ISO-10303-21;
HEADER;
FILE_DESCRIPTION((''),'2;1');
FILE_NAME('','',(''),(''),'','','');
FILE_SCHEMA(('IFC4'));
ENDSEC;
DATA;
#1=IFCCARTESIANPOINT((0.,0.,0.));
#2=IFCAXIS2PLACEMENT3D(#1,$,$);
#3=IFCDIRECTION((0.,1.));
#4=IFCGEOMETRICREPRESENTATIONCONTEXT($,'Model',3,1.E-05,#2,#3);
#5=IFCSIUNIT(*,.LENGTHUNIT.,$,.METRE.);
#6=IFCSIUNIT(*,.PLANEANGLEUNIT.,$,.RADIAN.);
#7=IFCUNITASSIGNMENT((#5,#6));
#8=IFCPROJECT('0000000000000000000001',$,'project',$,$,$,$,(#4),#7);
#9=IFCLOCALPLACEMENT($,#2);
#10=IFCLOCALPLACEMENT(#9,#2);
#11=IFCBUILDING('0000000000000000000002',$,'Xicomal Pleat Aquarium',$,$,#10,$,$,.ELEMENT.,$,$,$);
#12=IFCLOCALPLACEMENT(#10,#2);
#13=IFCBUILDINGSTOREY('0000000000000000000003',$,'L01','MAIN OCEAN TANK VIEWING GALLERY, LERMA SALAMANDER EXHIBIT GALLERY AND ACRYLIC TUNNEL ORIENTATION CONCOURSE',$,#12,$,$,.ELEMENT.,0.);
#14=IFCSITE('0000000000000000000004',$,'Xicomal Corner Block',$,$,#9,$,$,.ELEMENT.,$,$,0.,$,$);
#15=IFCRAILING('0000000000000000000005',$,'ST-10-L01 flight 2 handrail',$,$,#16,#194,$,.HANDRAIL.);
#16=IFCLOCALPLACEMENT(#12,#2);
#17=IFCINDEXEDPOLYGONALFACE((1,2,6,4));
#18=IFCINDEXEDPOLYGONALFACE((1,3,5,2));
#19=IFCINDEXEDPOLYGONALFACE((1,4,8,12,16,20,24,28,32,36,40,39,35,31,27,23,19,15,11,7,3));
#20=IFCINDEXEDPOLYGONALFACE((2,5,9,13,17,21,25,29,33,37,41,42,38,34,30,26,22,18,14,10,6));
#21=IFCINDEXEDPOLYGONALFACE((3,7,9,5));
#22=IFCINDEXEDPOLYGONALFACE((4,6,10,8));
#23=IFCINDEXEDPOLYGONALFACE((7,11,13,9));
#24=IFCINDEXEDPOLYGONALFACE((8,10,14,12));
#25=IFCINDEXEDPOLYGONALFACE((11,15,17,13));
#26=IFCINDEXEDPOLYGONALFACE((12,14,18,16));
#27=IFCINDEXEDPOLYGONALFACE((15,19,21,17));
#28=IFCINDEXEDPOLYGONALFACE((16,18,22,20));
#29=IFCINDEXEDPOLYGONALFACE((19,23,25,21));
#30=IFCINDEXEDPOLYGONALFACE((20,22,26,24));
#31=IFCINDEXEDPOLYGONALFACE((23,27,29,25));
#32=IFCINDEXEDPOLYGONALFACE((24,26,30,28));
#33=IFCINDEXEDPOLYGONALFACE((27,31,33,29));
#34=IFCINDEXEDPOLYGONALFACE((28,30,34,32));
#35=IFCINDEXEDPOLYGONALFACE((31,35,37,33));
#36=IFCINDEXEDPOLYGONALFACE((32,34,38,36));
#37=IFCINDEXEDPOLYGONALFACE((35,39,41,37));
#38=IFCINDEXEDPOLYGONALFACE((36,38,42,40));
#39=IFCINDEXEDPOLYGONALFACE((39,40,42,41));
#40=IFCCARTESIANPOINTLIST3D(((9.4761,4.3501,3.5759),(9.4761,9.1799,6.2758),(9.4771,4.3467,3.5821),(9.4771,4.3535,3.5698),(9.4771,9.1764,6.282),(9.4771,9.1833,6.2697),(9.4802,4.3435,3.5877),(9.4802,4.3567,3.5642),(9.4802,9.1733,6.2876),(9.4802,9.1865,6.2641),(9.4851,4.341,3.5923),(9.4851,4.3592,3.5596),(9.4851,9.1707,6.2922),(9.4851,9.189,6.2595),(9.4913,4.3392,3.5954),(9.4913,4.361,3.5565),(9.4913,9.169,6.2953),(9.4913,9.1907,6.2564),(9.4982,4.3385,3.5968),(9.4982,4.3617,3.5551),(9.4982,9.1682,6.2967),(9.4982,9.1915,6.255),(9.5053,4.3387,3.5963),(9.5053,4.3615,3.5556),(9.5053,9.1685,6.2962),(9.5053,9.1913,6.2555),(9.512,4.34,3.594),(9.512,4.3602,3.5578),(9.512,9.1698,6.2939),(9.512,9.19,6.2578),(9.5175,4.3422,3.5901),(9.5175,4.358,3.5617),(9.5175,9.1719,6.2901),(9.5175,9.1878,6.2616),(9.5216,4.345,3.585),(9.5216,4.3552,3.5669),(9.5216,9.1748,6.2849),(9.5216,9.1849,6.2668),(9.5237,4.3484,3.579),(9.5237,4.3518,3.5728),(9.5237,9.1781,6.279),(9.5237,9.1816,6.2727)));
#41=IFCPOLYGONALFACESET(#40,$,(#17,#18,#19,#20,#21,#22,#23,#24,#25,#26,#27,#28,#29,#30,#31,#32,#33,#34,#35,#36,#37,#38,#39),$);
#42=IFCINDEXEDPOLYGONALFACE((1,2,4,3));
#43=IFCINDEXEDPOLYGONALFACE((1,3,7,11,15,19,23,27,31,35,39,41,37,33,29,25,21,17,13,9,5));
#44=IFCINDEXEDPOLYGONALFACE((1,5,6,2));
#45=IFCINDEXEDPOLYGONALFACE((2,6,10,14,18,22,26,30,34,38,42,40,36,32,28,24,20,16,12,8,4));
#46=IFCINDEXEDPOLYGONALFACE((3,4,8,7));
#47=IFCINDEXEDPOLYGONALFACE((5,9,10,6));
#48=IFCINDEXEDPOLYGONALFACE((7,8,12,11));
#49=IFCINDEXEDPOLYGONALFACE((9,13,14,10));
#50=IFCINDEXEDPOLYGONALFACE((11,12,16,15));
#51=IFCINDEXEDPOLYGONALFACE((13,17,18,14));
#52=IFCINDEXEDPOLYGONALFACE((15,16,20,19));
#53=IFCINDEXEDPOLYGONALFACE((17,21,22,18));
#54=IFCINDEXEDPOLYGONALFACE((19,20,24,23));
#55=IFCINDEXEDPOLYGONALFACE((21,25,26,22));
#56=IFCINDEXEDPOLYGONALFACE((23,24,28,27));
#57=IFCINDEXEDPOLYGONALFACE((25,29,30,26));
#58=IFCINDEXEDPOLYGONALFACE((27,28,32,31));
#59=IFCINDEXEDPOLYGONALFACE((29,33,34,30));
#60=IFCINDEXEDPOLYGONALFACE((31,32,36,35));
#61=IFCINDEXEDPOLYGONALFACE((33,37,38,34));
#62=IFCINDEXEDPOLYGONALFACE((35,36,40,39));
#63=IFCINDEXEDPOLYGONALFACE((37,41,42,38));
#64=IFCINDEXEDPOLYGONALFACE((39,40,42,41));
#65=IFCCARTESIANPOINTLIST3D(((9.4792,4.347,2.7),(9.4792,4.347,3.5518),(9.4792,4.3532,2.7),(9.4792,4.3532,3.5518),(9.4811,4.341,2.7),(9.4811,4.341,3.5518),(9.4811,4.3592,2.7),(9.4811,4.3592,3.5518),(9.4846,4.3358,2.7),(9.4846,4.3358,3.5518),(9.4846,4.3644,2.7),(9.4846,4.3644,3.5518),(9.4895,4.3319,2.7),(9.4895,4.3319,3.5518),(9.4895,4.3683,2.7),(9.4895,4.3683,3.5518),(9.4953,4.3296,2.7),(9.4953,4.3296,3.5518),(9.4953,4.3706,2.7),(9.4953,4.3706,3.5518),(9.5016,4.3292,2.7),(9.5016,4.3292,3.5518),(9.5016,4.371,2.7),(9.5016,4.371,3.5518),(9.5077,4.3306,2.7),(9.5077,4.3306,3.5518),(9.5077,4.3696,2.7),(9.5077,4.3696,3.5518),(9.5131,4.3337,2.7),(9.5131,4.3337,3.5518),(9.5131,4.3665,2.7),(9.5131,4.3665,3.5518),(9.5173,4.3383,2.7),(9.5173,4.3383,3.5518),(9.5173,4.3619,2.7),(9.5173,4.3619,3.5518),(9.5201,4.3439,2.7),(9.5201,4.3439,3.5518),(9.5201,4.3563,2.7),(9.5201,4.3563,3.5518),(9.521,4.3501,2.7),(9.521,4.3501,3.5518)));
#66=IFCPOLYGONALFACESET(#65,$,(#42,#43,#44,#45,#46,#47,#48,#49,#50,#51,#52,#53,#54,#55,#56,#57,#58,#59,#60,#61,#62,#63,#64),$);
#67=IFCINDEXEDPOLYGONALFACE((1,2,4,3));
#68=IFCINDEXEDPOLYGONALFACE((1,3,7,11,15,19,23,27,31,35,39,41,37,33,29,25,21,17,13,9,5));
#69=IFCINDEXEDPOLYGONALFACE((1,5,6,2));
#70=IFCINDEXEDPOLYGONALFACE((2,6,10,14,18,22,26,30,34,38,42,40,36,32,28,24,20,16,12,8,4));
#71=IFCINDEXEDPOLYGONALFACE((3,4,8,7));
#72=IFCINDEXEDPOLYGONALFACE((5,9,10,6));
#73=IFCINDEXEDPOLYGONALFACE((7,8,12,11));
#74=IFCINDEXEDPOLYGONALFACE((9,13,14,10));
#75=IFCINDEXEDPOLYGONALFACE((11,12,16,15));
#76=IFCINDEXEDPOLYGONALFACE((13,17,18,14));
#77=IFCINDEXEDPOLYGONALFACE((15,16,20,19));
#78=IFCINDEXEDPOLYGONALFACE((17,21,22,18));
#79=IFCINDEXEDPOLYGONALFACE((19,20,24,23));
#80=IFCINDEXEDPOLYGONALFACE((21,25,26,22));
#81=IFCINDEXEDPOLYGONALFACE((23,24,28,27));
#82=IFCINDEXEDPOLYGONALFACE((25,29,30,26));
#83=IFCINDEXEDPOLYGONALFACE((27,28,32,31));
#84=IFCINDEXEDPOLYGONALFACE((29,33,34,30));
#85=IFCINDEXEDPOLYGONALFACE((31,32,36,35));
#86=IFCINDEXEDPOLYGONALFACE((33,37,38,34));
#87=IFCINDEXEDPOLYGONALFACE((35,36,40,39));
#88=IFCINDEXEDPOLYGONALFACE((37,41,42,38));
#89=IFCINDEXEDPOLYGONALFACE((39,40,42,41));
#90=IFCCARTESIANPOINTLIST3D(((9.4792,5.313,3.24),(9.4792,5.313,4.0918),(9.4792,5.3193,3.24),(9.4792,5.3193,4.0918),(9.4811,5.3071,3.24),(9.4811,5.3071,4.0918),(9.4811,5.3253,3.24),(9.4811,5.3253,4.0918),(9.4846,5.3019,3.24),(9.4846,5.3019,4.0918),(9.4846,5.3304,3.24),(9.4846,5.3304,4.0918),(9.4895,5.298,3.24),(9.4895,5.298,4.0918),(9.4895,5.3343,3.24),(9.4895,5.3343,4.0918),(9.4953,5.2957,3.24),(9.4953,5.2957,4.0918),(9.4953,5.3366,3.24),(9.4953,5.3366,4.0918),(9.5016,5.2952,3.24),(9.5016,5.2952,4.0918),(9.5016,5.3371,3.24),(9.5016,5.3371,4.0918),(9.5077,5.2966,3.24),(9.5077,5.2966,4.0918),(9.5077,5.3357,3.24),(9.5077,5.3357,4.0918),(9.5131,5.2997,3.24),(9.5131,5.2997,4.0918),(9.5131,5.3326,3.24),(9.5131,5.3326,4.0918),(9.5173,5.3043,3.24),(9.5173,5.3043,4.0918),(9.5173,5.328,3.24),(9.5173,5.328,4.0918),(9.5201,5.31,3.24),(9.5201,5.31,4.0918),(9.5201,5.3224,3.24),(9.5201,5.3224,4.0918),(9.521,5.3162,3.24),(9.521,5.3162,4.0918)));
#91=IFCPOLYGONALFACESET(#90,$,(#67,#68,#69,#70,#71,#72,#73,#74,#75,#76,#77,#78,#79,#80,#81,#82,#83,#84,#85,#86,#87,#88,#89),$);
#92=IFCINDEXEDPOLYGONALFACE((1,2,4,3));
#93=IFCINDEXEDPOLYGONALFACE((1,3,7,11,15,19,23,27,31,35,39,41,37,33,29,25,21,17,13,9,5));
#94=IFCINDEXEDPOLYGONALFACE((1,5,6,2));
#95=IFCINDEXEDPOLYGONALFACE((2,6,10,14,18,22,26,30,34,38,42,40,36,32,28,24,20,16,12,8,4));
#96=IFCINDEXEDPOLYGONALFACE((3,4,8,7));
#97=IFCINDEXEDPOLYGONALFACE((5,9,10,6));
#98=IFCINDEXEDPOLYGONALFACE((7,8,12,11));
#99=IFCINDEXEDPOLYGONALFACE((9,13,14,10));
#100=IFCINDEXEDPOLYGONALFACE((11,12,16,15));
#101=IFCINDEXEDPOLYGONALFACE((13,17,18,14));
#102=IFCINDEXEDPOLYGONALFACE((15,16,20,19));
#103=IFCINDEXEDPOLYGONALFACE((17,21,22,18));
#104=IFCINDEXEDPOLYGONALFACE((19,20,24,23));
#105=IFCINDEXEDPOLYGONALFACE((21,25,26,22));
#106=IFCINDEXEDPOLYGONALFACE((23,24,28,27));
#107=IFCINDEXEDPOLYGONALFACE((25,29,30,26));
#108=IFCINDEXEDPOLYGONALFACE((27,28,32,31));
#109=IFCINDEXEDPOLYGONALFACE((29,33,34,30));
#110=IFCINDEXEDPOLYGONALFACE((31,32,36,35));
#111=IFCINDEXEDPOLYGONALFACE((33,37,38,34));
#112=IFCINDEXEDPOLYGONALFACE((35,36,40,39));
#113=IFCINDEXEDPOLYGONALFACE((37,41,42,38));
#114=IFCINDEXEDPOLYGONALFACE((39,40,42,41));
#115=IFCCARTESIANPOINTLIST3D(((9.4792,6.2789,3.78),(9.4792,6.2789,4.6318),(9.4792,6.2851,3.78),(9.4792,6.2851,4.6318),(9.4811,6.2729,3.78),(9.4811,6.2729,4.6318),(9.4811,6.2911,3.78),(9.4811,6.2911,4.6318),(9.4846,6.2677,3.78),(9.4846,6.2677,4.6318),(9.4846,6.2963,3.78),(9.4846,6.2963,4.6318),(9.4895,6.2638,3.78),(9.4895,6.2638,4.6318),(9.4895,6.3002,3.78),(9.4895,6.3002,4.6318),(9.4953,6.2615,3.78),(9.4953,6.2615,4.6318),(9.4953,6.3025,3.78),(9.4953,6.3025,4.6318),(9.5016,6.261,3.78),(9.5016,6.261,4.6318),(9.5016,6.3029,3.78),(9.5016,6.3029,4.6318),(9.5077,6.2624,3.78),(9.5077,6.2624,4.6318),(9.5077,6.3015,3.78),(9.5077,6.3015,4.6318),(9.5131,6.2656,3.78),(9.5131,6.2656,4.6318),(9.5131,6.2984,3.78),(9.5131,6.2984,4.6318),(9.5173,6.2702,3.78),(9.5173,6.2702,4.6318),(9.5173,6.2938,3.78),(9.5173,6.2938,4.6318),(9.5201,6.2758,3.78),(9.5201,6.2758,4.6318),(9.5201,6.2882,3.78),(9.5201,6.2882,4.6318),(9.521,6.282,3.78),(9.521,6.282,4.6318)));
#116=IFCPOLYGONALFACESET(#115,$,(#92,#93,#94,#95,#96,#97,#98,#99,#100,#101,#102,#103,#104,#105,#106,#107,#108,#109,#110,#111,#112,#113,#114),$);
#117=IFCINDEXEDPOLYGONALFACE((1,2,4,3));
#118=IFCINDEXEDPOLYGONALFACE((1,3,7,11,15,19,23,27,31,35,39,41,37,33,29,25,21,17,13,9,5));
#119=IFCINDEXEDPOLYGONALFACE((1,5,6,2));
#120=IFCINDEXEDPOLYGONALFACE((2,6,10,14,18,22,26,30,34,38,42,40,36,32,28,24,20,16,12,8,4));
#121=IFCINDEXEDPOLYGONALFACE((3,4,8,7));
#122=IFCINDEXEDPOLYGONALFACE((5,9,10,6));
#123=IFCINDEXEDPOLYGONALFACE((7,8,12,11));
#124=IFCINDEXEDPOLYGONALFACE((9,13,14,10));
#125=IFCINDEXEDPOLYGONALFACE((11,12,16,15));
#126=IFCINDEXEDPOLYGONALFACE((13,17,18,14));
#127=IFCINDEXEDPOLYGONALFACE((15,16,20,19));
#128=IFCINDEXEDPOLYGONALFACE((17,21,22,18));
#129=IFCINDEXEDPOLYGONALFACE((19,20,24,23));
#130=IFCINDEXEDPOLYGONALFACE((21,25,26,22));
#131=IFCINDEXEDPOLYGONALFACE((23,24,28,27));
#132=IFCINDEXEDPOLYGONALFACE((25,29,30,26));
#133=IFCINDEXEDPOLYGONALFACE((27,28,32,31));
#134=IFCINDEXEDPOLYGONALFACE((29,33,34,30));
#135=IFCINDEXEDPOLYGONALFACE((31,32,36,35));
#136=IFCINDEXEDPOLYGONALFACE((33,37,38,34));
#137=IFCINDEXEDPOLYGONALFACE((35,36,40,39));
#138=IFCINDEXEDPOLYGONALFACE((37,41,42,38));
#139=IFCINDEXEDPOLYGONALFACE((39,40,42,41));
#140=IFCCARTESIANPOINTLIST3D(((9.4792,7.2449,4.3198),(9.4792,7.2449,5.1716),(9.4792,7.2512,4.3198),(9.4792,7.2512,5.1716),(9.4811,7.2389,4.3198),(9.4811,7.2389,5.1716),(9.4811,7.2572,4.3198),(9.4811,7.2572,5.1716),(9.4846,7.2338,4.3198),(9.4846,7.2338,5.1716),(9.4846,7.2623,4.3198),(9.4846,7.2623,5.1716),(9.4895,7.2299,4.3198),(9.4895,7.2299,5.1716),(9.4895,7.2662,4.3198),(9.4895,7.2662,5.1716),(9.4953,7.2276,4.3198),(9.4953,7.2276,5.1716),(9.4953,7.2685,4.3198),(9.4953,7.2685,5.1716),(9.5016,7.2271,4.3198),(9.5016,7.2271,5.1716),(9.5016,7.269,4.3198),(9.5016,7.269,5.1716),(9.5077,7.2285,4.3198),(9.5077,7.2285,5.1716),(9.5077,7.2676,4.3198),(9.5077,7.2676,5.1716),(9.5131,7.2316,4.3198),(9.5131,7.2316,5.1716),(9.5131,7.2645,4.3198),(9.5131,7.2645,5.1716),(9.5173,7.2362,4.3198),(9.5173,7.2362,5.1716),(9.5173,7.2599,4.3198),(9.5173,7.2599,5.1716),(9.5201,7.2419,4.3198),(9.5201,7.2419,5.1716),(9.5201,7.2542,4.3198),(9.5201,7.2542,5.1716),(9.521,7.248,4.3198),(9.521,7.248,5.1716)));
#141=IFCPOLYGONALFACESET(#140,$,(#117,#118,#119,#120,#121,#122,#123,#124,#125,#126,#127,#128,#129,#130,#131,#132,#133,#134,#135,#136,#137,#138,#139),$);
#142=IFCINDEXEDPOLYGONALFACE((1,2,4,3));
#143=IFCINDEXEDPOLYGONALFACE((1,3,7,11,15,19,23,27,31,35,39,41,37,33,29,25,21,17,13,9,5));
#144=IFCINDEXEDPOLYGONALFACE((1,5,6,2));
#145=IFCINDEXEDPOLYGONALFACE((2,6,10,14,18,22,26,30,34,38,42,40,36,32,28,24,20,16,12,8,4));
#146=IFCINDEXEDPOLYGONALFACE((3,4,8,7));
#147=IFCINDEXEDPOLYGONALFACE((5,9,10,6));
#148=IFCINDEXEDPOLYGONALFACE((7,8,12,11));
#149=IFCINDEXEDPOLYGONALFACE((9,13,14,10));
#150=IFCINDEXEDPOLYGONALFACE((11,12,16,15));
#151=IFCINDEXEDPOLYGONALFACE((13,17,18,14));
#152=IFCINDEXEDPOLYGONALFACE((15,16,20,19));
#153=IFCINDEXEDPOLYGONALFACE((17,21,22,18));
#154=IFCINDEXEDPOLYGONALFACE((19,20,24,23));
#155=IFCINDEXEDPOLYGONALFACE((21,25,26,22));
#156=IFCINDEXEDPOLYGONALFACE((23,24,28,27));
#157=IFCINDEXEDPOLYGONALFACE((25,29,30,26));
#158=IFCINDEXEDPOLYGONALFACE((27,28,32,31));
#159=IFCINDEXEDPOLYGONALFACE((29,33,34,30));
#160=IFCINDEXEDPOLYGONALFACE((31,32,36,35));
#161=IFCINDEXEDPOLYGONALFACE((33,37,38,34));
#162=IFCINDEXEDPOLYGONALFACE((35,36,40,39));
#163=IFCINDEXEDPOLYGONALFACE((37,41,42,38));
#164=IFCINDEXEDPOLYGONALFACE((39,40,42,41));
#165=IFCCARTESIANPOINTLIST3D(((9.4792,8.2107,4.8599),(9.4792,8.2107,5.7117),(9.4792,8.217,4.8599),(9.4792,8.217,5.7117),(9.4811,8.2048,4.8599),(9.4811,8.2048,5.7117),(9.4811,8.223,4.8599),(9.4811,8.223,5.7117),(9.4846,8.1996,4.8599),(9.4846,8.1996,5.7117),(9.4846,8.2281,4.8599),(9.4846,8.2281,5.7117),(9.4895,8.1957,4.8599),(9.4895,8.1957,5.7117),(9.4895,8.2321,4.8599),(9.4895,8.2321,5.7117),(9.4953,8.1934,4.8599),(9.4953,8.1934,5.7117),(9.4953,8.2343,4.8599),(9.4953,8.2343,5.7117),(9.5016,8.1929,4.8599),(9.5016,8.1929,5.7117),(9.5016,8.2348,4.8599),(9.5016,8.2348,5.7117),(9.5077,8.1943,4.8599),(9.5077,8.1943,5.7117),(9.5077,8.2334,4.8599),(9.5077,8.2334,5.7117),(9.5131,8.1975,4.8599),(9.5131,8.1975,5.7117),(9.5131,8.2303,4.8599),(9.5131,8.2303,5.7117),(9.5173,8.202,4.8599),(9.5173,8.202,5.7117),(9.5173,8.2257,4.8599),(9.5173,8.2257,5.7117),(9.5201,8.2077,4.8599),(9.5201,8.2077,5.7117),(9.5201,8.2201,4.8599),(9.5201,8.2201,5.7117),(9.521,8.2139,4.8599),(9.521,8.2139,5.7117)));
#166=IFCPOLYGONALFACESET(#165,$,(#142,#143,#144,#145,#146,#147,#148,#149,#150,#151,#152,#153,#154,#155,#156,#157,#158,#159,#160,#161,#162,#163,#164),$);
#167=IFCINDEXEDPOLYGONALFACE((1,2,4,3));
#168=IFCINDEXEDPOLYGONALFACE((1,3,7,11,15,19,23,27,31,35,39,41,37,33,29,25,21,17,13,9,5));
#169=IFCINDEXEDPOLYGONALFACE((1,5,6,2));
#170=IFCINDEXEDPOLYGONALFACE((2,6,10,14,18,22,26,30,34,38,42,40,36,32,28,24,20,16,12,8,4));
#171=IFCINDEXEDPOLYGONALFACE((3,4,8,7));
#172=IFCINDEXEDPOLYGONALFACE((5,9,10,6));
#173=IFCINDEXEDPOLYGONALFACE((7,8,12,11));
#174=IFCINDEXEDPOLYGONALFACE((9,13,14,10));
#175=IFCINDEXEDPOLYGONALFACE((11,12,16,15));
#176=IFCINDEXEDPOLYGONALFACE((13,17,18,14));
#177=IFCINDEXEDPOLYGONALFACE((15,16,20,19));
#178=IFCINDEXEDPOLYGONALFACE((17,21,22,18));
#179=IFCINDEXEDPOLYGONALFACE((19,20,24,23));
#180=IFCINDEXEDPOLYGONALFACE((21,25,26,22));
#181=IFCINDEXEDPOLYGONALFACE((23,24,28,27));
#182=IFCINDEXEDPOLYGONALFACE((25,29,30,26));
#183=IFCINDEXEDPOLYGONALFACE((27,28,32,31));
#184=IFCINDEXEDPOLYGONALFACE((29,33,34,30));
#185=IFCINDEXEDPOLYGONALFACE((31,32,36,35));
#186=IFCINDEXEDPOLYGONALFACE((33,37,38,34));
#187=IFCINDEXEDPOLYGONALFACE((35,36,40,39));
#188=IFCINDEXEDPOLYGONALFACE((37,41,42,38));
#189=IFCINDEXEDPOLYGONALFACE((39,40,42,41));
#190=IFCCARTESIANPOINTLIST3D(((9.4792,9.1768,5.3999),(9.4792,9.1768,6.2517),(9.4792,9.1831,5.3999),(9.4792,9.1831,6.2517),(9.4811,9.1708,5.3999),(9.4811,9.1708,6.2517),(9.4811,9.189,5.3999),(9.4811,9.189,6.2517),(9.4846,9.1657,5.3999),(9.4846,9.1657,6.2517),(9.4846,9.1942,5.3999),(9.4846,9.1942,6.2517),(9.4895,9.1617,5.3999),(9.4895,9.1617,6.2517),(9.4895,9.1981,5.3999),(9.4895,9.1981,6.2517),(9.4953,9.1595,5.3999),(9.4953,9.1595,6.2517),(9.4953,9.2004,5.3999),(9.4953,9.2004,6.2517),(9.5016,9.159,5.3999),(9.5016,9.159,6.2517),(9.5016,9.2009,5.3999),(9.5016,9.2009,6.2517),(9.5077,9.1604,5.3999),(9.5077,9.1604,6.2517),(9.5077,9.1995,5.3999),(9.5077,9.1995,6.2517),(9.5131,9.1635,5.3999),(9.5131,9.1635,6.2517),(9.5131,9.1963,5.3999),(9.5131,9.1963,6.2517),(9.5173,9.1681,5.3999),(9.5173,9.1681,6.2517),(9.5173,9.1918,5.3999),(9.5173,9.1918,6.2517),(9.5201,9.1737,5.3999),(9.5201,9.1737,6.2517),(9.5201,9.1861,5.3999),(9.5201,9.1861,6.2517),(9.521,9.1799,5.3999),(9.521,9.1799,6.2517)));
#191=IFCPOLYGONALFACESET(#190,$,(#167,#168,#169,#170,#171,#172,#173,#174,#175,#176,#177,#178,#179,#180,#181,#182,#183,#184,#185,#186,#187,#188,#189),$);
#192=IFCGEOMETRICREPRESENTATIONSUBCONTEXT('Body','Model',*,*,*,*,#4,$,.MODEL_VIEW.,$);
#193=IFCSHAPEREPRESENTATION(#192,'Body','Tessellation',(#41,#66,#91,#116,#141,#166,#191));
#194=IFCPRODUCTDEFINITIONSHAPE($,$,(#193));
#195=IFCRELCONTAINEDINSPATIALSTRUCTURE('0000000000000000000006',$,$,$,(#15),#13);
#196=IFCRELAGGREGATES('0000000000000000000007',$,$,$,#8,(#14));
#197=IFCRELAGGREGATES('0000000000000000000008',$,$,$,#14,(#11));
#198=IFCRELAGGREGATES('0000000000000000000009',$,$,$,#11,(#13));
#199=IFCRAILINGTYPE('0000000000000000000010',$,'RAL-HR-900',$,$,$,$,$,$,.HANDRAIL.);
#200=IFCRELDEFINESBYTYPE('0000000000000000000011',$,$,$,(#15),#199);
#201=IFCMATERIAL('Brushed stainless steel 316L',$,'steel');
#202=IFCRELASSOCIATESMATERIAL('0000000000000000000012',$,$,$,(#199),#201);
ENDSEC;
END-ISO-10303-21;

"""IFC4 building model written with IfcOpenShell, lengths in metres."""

from ifc_helpers import new_model, si_unit, direction, frame, origin, origin_2d, place, context, subcontext, project, spatial, circle, extrude, material, type_object, element, save


model = new_model("IFC4")

# Units and contexts
model_context = context("Model", 3, precision=1e-05, world=origin(), true_north=direction((0.0, 1.0)))
body_context = subcontext(model_context, "Body", "Model", "MODEL_VIEW")
ifc_project = project(units=[si_unit("LENGTHUNIT", "METRE"), si_unit("PLANEANGLEUNIT", "RADIAN")], contexts=[model_context])

# Site, building, storey
site_placement = place(None, origin())
site = spatial("IfcSite", under=ifc_project, at=site_placement, Name="Xicomal Corner Block", CompositionType="ELEMENT", RefElevation=0.0)
building_placement = place(site_placement, origin())
building = spatial("IfcBuilding", under=site, at=building_placement, Name="Xicomal Pleat Aquarium", CompositionType="ELEMENT")
storey_placement = place(building_placement, origin())
storey = spatial("IfcBuildingStorey", under=building, at=storey_placement, Name="L01", Description="MAIN OCEAN TANK VIEWING GALLERY, LERMA SALAMANDER EXHIBIT GALLERY AND ACRYLIC TUNNEL ORIENTATION CONCOURSE", CompositionType="ELEMENT", Elevation=0.0)

# Railing
ifc_material_1 = material(Name="Brushed stainless steel 316L", Category="steel")
railing_type_1 = type_object("IfcRailingType", Name="RAL-HR-900", PredefinedType="HANDRAIL", material=ifc_material_1)
railing_1_placement = place(storey_placement, frame((9.5, 4.3501, 2.7)))
element("IfcRailing", 1, at=railing_1_placement, inside=storey, type_object=railing_type_1, Name="ST-10-L01 flight 2 handrail", PredefinedType="HANDRAIL", context=body_context, shape_type="SweptSolid", body=[
    extrude(circle(Radius=0.0239, at=origin_2d()), frame((0.0, 0.0, 0.876), z_axis=(0.0, 0.872872, 0.487949), x_axis=(-1.0, 0.0, 0.0)), (0.0, 0.0, 1.0), 5.5332),
    extrude(circle(Radius=0.021, at=origin_2d()), origin(), (0.0, 0.0, 1.0), 0.8518),
    extrude(circle(Radius=0.021, at=origin_2d()), frame((0.0, 0.9661, 0.54)), (0.0, 0.0, 1.0), 0.8518),
    extrude(circle(Radius=0.021, at=origin_2d()), frame((0.0, 1.9319, 1.0801)), (0.0, 0.0, 1.0), 0.8518),
    extrude(circle(Radius=0.021, at=origin_2d()), frame((0.0, 2.8979, 1.6199)), (0.0, 0.0, 1.0), 0.8518),
    extrude(circle(Radius=0.021, at=origin_2d()), frame((0.0, 3.8638, 2.1599)), (0.0, 0.0, 1.0), 0.8518),
    extrude(circle(Radius=0.021, at=origin_2d()), frame((0.0, 4.8298, 2.7)), (0.0, 0.0, 1.0), 0.8518),
])

save(model, "model.ifc")
